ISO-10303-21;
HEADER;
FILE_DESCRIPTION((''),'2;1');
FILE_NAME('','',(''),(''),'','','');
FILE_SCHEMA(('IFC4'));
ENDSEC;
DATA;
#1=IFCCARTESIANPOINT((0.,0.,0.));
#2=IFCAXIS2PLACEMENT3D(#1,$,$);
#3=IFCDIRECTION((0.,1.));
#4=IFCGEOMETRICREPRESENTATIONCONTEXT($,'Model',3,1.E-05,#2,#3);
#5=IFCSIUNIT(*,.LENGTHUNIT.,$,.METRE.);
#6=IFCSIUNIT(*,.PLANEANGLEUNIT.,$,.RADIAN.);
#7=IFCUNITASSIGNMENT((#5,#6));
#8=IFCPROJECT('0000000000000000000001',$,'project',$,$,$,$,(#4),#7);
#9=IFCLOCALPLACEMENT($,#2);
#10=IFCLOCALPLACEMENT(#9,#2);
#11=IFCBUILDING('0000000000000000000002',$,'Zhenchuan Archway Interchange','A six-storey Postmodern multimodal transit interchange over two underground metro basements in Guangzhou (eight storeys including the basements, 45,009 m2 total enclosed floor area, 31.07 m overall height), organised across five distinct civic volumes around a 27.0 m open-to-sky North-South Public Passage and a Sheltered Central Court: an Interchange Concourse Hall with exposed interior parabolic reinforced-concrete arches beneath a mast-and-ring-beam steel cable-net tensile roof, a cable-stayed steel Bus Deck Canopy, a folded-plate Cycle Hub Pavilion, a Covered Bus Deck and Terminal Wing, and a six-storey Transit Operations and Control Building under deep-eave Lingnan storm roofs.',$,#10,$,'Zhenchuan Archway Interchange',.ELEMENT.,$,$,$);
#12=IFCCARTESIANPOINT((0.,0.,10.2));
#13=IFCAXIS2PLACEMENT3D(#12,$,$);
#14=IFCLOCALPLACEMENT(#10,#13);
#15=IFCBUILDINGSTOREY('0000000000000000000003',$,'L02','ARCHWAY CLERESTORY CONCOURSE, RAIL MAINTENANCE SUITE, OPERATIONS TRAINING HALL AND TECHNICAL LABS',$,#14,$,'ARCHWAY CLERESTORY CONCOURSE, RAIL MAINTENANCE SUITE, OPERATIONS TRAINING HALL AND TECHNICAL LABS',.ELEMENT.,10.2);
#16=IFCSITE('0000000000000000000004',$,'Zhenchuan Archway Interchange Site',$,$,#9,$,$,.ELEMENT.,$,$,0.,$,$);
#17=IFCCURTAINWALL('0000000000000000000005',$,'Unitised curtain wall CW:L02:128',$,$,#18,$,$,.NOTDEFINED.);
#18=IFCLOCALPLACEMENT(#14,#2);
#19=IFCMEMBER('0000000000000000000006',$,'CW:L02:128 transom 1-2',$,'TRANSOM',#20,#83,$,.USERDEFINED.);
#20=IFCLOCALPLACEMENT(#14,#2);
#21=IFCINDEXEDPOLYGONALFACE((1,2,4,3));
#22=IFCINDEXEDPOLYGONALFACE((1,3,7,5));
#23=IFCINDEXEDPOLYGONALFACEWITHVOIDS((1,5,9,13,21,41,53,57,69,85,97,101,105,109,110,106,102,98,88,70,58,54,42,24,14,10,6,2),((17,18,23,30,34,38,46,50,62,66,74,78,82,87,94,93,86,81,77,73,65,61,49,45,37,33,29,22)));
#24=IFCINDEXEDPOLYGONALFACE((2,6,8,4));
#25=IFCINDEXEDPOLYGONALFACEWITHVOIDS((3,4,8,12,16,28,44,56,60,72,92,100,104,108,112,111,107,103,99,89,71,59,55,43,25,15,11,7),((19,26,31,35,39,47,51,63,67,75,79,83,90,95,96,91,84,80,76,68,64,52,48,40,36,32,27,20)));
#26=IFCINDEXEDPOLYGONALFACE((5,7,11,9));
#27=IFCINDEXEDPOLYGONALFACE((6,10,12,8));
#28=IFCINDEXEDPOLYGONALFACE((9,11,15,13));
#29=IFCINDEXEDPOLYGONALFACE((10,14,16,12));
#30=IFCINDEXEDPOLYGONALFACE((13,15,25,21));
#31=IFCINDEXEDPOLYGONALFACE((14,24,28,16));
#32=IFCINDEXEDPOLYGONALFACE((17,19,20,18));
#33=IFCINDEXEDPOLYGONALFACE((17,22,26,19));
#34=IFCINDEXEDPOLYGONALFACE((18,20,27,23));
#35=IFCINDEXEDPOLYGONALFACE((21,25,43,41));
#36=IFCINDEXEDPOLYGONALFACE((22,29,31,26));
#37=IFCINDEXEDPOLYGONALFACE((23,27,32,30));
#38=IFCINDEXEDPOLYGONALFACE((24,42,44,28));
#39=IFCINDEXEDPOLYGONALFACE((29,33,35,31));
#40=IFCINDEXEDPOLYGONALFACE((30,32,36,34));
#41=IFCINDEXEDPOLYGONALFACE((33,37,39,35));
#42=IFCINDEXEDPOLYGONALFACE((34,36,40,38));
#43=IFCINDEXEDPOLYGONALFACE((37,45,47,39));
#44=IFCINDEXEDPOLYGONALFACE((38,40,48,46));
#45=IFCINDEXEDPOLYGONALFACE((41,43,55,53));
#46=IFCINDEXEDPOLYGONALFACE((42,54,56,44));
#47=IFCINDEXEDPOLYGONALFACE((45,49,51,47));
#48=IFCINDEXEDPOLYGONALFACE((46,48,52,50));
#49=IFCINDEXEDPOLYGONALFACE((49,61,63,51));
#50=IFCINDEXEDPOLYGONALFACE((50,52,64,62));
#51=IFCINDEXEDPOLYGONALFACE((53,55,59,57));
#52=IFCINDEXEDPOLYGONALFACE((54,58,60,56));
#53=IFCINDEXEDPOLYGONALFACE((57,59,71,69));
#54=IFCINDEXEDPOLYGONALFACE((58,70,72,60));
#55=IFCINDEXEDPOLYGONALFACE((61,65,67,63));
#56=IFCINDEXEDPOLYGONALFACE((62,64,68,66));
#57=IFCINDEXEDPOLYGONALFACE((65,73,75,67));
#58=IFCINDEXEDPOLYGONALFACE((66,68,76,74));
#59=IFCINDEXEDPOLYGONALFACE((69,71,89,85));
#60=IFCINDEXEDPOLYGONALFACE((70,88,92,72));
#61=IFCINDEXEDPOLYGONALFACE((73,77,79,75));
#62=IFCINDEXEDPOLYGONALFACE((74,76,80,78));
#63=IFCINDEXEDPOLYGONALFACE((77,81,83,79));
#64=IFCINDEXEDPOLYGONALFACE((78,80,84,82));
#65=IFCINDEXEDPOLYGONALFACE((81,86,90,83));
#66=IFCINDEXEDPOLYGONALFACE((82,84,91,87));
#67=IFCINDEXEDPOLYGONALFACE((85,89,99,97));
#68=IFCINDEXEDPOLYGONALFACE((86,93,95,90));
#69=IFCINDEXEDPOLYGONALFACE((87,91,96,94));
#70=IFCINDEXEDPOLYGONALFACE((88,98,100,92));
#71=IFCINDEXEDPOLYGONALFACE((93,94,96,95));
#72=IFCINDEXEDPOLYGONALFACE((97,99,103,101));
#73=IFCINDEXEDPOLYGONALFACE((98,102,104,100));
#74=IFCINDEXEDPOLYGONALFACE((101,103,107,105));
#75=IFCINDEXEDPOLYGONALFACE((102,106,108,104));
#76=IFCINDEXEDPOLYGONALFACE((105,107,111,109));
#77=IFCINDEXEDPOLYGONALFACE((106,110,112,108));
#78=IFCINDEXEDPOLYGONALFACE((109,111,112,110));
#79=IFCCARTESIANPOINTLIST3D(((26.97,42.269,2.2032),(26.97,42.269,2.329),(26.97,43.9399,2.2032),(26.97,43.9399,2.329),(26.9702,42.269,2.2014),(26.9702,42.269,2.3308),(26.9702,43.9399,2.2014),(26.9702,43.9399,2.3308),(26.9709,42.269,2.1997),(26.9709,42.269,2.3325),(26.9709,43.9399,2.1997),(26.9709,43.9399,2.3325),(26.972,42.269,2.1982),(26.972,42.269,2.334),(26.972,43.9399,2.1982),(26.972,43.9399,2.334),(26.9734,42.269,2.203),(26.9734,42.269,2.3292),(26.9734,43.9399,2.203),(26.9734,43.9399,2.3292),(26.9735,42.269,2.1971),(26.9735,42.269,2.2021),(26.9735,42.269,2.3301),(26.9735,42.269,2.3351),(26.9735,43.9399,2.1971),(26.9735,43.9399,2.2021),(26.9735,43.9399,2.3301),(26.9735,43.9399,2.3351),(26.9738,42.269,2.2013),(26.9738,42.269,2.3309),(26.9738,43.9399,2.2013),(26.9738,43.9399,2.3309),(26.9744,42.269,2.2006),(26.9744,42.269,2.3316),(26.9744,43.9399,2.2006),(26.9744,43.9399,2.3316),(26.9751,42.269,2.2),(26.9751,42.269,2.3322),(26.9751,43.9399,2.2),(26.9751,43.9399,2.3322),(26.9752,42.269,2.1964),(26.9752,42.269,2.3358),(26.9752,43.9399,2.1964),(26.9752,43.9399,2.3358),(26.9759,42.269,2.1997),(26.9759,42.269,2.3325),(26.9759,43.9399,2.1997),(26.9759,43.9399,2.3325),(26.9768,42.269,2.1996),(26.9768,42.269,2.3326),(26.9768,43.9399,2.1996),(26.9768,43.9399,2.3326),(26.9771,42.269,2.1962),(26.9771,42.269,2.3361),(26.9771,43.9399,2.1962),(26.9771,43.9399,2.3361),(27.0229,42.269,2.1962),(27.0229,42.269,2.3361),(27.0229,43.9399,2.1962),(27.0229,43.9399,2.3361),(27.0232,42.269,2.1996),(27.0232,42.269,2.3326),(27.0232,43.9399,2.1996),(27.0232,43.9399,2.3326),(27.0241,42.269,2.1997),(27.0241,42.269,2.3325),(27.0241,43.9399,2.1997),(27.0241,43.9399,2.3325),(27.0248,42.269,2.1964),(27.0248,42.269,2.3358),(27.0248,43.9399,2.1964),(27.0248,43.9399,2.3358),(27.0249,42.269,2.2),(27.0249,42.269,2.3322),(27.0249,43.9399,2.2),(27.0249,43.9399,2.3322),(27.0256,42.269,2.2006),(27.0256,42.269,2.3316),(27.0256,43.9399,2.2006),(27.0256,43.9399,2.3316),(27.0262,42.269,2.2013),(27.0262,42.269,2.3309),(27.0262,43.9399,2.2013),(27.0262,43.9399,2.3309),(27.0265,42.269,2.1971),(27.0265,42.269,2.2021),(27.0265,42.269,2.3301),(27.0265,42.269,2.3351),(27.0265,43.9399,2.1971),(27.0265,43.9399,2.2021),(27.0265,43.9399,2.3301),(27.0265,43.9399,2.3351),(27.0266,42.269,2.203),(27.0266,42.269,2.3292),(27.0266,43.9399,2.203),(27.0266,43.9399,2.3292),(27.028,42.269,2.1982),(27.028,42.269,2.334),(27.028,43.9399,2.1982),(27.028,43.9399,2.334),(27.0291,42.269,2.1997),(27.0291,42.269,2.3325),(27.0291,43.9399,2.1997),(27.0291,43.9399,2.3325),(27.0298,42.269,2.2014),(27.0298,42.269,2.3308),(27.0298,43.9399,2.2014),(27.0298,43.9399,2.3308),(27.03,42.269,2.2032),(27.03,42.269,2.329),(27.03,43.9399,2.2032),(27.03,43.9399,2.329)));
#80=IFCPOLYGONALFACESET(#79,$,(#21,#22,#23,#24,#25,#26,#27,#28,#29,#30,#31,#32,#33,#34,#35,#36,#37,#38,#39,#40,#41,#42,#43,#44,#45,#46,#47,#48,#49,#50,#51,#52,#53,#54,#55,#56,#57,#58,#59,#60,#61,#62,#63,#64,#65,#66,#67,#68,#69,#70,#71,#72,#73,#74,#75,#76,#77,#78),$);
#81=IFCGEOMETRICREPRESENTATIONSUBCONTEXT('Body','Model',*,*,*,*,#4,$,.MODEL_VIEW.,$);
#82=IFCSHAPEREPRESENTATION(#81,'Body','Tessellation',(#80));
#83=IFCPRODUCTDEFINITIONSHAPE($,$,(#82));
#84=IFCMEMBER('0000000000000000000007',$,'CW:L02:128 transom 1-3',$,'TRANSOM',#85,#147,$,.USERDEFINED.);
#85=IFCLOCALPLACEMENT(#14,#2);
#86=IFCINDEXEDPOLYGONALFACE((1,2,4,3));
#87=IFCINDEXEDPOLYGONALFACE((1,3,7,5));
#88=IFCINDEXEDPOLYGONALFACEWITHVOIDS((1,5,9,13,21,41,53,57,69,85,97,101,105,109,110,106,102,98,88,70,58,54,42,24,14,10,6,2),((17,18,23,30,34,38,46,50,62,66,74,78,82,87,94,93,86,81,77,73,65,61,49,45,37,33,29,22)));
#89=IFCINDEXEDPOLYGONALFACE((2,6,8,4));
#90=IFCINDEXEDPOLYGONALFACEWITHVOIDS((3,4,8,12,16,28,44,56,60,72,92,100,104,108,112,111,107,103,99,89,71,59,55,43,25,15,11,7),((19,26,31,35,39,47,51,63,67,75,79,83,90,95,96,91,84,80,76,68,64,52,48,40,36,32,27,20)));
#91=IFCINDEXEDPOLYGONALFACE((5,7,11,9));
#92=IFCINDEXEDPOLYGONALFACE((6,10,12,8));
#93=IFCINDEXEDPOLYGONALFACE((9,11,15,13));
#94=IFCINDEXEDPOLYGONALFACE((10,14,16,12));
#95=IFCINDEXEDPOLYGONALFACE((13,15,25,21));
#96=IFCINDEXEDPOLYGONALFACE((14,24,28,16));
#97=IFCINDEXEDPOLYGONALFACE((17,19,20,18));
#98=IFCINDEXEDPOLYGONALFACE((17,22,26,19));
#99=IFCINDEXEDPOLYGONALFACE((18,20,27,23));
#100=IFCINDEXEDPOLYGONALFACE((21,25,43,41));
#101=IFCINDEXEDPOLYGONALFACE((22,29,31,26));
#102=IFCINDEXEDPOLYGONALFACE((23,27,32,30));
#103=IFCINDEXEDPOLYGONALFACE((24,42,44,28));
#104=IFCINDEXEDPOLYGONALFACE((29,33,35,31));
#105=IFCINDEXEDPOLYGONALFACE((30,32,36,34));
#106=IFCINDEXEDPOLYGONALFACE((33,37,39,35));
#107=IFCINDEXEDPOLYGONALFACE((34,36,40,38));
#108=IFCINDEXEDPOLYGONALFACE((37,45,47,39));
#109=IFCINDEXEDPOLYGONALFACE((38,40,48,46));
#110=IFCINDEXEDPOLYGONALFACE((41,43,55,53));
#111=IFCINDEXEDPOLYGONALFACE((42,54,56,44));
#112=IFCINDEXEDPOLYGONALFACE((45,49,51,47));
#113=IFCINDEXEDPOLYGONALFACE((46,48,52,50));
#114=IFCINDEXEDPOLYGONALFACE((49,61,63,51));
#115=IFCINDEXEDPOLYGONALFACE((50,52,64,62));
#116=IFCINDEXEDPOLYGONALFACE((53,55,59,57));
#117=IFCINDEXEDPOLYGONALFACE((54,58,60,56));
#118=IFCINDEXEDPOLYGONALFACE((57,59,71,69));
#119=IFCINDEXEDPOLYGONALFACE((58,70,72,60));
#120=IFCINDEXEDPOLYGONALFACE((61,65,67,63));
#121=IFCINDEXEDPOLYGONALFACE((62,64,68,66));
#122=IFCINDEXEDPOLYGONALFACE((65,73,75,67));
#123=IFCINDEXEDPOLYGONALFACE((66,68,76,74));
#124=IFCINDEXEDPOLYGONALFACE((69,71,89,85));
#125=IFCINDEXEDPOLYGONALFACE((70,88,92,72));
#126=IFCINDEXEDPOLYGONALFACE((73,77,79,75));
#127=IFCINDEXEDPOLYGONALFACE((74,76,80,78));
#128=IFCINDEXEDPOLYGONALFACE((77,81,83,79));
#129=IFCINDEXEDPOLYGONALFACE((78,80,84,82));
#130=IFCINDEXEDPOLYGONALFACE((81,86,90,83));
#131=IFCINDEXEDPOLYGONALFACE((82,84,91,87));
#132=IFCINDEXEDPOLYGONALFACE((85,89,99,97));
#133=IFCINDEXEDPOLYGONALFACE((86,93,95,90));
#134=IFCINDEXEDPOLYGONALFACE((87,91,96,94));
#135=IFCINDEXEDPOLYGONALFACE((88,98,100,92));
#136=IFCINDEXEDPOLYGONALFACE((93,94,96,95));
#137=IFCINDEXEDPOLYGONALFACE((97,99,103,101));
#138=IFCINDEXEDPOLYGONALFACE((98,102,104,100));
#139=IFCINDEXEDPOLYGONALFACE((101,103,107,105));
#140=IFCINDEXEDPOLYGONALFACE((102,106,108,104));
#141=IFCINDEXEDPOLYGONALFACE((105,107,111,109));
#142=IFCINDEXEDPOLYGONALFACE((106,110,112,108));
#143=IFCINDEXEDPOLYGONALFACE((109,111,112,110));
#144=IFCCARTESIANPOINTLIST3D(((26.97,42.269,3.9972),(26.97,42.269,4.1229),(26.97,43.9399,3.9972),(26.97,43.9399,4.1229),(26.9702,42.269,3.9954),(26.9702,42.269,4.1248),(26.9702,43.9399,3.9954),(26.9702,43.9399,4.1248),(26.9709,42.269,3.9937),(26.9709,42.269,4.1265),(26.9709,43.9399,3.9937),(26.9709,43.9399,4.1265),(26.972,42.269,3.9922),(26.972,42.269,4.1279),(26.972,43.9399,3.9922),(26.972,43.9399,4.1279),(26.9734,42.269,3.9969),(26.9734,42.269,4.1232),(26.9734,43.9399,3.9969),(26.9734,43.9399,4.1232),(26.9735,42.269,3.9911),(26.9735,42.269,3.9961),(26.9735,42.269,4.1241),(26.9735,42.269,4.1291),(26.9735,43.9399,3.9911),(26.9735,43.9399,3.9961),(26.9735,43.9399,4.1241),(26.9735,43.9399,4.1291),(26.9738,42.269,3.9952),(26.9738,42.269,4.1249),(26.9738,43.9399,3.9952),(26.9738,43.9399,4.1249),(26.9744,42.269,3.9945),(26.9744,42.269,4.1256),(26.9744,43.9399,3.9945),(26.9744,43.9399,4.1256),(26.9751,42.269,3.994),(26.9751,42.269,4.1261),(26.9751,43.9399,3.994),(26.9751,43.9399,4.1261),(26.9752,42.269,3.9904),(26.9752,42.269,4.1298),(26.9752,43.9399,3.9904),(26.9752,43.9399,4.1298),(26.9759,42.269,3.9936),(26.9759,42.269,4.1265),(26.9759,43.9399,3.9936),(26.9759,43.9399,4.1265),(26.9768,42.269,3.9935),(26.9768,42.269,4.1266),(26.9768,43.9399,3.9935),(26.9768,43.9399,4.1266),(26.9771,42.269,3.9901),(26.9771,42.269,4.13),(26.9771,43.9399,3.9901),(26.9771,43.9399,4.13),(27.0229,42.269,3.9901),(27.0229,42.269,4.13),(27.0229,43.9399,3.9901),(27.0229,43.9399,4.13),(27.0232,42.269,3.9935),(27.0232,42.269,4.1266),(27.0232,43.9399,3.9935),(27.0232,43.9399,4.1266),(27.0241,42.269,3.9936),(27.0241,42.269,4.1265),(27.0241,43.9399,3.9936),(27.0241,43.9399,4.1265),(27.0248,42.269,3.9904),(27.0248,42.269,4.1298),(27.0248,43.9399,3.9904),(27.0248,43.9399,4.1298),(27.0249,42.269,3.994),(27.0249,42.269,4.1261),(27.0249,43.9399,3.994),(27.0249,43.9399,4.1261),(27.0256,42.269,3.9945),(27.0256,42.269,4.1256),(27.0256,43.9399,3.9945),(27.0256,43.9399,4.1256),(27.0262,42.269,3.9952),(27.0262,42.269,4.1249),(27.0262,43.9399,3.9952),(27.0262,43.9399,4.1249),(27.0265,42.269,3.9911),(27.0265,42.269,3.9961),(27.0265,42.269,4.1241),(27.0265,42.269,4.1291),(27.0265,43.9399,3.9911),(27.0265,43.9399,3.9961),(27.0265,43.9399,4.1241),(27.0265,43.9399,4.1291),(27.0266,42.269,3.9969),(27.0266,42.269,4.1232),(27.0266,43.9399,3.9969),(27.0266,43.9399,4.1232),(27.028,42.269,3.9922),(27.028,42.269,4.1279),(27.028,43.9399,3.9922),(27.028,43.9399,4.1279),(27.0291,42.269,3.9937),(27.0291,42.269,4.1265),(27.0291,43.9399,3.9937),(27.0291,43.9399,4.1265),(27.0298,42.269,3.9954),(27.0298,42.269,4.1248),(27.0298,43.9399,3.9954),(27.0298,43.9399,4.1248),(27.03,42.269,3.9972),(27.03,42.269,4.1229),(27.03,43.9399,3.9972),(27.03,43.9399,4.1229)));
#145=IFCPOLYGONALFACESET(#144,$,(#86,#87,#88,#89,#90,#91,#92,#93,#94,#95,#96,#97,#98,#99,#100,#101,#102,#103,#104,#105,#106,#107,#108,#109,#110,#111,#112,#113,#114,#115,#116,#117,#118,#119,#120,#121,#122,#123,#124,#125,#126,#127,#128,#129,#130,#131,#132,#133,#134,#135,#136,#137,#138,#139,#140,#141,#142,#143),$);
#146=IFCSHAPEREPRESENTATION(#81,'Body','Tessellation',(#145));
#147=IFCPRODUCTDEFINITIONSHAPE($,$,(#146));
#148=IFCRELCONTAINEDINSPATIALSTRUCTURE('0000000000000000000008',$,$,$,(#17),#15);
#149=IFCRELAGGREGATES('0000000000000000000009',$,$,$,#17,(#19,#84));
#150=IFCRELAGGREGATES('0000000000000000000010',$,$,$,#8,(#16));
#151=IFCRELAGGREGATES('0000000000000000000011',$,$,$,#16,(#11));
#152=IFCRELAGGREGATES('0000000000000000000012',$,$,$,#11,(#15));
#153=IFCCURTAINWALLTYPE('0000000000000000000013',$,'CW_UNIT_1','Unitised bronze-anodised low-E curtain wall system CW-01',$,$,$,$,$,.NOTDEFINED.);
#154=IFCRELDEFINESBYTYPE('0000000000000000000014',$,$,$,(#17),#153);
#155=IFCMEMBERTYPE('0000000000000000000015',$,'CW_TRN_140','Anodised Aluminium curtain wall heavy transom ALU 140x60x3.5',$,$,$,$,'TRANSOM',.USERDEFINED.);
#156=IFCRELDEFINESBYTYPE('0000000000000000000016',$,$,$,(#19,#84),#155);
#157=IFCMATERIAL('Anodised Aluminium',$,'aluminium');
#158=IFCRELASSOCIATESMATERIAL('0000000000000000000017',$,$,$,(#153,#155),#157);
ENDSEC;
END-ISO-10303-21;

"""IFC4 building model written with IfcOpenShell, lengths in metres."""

from ifc_helpers import new_model, si_unit, direction, frame, origin, origin_2d, place, context, subcontext, project, spatial, hollow_rectangle, extrude, material, material_profile, profile_set, type_object, element, aggregate, save


model = new_model("IFC4")

# Units and contexts
model_context = context("Model", 3, precision=1e-05, world=origin(), true_north=direction((0.0, 1.0)))
body_context = subcontext(model_context, "Body", "Model", "MODEL_VIEW")
ifc_project = project(units=[si_unit("LENGTHUNIT", "METRE"), si_unit("PLANEANGLEUNIT", "RADIAN")], contexts=[model_context])

# Site, building, storey
site_placement = place(None, origin())
site = spatial("IfcSite", under=ifc_project, at=site_placement, Name="Zhenchuan Archway Interchange Site", CompositionType="ELEMENT", RefElevation=0.0)
building_placement = place(site_placement, origin())
building = spatial("IfcBuilding", under=site, at=building_placement, Name="Zhenchuan Archway Interchange", Description="A six-storey Postmodern multimodal transit interchange over two underground metro basements in Guangzhou (eight storeys including the basements, 45,009 m2 total enclosed floor area, 31.07 m overall height), organised across five distinct civic volumes around a 27.0 m open-to-sky North-South Public Passage and a Sheltered Central Court: an Interchange Concourse Hall with exposed interior parabolic reinforced-concrete arches beneath a mast-and-ring-beam steel cable-net tensile roof, a cable-stayed steel Bus Deck Canopy, a folded-plate Cycle Hub Pavilion, a Covered Bus Deck and Terminal Wing, and a six-storey Transit Operations and Control Building under deep-eave Lingnan storm roofs.", LongName="Zhenchuan Archway Interchange", CompositionType="ELEMENT")
storey_placement = place(building_placement, frame((0.0, 0.0, 10.2)))
storey = spatial("IfcBuildingStorey", under=building, at=storey_placement, Name="L02", Description="ARCHWAY CLERESTORY CONCOURSE, RAIL MAINTENANCE SUITE, OPERATIONS TRAINING HALL AND TECHNICAL LABS", LongName="ARCHWAY CLERESTORY CONCOURSE, RAIL MAINTENANCE SUITE, OPERATIONS TRAINING HALL AND TECHNICAL LABS", CompositionType="ELEMENT", Elevation=10.2)

# Curtain wall, members
ifc_material_1 = material(Name="Anodised Aluminium", Category="aluminium")
curtain_wall_type = type_object("IfcCurtainWallType", Name="CW_UNIT_1", Description="Unitised bronze-anodised low-E curtain wall system CW-01", PredefinedType="NOTDEFINED", material=ifc_material_1)
curtain_wall_placement = place(storey_placement, origin())
curtain_wall = element("IfcCurtainWall", 1, at=curtain_wall_placement, inside=storey, type_object=curtain_wall_type, Name="Unitised curtain wall CW:L02:128", PredefinedType="NOTDEFINED")
ifc_material_profile_1 = material_profile(ifc_material_1, hollow_rectangle(XDim=0.0601, YDim=0.1399, WallThickness=0.0034, InnerFilletRadius=0.0034, OuterFilletRadius=0.0071, at=origin_2d()), Name="ALU 140x60x3.5")
ifc_profile_set_1 = profile_set([ifc_material_profile_1], Name="Anodised Aluminium")
member_type_1 = type_object("IfcMemberType", Name="CW_TRN_140", Description="Anodised Aluminium curtain wall heavy transom ALU 140x60x3.5", ElementType="TRANSOM", PredefinedType="USERDEFINED", material=ifc_profile_set_1)
member_1_placement = place(storey_placement, frame((27.0, 42.269, 2.2661), z_axis=(0.0, 1.0, 0.0), x_axis=(-1.0, 0.0, 0.0)))
member_1 = element("IfcMember", 2, at=member_1_placement, type_object=member_type_1, Name="CW:L02:128 transom 1-2", ObjectType="TRANSOM", PredefinedType="USERDEFINED", context=body_context, shape_type="SweptSolid", body=[
    extrude(hollow_rectangle(XDim=0.0601, YDim=0.1399, WallThickness=0.0034, InnerFilletRadius=0.0034, OuterFilletRadius=0.0071, at=origin_2d()), origin(), (0.0, 0.0, 1.0), 1.6709),
])
member_2_placement = place(storey_placement, frame((27.0, 42.269, 4.0601), z_axis=(0.0, 1.0, 0.0), x_axis=(-1.0, 0.0, 0.0)))
member_2 = element("IfcMember", 3, at=member_2_placement, type_object=member_type_1, Name="CW:L02:128 transom 1-3", ObjectType="TRANSOM", PredefinedType="USERDEFINED", context=body_context, shape_type="SweptSolid", body=[
    extrude(hollow_rectangle(XDim=0.0601, YDim=0.1399, WallThickness=0.0034, InnerFilletRadius=0.0034, OuterFilletRadius=0.0071, at=origin_2d()), origin(), (0.0, 0.0, 1.0), 1.6709),
])
aggregate(curtain_wall, [member_1, member_2])

save(model, "model.ifc")
